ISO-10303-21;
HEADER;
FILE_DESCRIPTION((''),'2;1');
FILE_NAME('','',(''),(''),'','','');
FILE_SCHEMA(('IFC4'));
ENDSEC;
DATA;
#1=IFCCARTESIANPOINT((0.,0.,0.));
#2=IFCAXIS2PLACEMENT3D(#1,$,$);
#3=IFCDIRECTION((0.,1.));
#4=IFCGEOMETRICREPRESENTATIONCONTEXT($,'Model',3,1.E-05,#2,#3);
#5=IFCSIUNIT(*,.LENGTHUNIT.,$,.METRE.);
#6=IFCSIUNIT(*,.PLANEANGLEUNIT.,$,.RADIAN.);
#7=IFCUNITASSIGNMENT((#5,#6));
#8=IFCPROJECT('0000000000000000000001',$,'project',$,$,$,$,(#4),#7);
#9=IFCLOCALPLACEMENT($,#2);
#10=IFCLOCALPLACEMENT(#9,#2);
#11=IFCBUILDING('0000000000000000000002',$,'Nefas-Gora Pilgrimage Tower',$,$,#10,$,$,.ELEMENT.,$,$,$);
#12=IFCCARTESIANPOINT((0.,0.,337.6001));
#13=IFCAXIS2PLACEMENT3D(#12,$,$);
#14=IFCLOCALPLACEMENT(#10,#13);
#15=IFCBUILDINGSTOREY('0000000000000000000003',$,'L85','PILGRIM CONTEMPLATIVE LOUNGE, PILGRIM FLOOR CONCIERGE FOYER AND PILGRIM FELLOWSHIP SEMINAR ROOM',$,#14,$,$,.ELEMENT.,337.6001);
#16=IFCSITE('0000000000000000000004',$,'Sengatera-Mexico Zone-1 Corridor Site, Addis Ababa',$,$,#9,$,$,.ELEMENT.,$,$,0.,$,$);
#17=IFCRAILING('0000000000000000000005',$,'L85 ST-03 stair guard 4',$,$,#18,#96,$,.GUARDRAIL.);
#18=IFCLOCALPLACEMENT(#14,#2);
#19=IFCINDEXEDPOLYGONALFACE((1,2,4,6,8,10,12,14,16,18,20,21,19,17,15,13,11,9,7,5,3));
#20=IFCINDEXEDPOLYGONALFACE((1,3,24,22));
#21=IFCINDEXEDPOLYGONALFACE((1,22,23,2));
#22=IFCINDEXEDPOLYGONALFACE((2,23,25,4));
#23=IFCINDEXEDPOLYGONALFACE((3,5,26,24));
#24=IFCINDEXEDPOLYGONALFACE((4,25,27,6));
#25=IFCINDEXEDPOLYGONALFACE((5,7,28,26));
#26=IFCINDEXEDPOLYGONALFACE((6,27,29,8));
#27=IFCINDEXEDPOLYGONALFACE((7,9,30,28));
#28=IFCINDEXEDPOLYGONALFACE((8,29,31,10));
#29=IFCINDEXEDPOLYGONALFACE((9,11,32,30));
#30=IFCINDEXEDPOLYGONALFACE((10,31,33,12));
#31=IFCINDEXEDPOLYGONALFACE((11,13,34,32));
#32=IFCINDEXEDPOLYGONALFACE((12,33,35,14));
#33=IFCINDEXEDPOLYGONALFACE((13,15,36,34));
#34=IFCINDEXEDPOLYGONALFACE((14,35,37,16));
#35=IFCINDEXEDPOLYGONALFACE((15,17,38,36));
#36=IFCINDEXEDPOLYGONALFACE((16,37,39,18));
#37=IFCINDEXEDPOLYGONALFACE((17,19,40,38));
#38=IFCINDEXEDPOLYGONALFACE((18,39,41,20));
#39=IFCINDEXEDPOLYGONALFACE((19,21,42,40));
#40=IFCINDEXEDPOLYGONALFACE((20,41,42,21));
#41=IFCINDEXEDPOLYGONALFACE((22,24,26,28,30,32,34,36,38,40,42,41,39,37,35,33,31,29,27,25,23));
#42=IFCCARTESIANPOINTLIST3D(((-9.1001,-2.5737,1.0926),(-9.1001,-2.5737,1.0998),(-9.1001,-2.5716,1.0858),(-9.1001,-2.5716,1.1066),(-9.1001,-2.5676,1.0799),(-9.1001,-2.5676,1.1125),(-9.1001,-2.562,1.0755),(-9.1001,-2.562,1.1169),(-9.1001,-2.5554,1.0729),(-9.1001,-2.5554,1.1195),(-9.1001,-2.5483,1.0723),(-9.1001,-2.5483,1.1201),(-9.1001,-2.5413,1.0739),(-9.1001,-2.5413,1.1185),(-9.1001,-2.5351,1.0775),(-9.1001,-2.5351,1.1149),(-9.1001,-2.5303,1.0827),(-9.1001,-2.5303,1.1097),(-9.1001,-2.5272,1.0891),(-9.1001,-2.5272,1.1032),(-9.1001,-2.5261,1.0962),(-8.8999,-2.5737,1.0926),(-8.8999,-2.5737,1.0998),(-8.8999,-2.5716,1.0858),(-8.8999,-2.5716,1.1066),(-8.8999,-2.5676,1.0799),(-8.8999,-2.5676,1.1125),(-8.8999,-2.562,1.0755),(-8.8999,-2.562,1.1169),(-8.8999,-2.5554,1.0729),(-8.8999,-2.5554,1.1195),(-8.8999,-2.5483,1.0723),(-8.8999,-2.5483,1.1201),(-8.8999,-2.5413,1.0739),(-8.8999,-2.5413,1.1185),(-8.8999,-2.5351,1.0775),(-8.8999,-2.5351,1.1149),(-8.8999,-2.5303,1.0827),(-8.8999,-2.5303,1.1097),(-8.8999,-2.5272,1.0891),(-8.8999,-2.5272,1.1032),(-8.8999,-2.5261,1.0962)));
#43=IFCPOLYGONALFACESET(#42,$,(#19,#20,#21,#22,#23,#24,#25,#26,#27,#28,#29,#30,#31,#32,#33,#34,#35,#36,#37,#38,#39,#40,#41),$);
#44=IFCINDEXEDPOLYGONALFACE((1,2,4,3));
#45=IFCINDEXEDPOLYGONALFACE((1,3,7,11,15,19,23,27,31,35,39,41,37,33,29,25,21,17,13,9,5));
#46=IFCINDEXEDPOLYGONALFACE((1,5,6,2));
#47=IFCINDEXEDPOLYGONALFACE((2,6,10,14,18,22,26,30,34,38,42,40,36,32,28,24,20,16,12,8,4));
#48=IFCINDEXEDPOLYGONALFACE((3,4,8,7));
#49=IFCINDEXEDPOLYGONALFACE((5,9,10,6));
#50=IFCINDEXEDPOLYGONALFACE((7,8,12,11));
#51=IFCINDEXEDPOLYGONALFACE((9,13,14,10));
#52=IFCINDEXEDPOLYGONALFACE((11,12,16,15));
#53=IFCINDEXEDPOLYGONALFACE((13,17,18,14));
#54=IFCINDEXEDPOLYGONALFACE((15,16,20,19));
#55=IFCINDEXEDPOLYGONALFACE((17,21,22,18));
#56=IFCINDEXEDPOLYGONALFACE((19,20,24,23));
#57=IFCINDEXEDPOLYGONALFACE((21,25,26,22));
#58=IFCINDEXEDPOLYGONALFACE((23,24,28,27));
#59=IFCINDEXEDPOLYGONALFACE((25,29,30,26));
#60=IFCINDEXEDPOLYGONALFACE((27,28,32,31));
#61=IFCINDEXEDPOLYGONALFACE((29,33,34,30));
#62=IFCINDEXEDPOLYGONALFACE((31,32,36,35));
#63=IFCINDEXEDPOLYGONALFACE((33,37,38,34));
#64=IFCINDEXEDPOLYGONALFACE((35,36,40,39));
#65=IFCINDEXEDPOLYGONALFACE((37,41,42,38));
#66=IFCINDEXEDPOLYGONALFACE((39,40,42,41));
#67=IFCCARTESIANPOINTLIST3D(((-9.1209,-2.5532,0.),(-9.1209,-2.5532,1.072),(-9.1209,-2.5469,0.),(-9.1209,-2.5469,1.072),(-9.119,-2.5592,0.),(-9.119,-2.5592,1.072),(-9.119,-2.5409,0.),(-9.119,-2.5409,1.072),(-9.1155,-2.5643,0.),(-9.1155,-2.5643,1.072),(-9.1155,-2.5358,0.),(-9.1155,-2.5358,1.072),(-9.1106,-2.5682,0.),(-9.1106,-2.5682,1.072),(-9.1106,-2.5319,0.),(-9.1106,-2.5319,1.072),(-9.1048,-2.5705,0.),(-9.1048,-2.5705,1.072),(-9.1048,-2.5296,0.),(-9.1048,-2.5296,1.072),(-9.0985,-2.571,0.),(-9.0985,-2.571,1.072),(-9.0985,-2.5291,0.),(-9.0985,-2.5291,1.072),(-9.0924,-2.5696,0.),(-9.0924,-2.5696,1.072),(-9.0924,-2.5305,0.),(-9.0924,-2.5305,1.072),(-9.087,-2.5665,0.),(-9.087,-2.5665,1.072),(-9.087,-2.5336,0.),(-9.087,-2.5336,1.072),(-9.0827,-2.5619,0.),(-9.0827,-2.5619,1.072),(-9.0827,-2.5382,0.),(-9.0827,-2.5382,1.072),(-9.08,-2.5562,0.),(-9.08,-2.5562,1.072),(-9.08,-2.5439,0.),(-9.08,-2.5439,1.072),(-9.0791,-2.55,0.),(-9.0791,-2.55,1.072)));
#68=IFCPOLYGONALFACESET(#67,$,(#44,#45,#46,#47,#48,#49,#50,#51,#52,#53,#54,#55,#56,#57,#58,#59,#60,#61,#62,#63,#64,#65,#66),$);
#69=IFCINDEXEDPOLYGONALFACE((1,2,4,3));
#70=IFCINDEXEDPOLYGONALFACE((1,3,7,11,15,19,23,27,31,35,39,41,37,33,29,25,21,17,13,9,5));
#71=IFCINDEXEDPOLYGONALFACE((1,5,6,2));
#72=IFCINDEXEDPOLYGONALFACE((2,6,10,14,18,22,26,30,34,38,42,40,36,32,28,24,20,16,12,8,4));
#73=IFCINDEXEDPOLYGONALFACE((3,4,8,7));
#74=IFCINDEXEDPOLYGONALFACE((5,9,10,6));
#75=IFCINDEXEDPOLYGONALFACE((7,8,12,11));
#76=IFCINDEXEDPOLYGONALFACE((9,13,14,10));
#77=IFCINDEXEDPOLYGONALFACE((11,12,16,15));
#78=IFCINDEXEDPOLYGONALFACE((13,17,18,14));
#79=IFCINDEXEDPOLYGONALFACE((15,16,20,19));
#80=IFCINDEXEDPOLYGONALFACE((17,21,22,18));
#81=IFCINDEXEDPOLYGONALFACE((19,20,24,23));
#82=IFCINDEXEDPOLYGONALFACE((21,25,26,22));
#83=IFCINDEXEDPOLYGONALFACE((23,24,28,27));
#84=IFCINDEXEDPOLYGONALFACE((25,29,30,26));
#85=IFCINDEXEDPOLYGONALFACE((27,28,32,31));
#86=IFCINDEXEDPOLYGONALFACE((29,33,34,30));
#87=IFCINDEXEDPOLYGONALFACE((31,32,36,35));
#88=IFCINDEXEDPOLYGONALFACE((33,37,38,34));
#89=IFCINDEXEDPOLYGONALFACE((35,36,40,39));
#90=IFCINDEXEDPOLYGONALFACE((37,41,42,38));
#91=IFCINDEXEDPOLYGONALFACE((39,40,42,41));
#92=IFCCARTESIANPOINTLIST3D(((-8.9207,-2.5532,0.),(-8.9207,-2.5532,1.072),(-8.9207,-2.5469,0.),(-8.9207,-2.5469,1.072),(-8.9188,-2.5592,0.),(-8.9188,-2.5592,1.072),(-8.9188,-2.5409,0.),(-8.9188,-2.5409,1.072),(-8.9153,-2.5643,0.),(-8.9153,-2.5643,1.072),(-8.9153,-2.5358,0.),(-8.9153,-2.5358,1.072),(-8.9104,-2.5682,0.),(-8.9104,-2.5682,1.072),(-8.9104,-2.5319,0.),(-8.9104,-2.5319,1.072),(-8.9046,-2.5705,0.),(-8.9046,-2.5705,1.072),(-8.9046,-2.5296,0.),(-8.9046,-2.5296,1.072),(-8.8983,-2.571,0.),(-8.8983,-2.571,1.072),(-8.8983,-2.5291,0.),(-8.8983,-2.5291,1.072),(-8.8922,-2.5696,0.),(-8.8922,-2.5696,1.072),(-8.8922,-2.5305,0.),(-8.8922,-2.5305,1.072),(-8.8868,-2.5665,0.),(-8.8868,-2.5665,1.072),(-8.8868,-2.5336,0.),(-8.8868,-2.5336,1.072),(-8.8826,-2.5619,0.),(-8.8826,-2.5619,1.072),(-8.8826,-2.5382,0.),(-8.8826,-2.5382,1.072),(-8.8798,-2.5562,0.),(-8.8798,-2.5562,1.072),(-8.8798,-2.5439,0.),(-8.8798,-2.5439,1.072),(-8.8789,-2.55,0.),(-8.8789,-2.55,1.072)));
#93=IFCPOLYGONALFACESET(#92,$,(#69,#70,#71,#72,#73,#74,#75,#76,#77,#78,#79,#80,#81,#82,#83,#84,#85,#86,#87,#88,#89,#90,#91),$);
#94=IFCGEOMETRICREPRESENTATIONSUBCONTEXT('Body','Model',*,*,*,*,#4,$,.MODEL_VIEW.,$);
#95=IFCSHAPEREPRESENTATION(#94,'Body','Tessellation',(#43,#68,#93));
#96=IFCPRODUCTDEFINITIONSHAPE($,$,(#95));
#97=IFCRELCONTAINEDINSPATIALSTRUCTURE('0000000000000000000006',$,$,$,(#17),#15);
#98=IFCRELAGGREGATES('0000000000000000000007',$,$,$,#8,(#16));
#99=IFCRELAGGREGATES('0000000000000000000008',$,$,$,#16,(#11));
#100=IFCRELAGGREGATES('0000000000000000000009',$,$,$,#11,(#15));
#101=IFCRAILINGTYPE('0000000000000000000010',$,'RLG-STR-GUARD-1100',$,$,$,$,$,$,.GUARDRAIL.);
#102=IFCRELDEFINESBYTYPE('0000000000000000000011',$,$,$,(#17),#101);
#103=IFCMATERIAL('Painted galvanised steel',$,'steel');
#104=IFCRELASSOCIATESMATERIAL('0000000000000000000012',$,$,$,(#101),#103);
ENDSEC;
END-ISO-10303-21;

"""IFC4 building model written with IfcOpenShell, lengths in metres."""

from ifc_helpers import new_model, si_unit, direction, frame, origin, origin_2d, place, context, subcontext, project, spatial, circle, extrude, material, type_object, element, save


model = new_model("IFC4")

# Units and contexts
model_context = context("Model", 3, precision=1e-05, world=origin(), true_north=direction((0.0, 1.0)))
body_context = subcontext(model_context, "Body", "Model", "MODEL_VIEW")
ifc_project = project(units=[si_unit("LENGTHUNIT", "METRE"), si_unit("PLANEANGLEUNIT", "RADIAN")], contexts=[model_context])

# Site, building, storey
site_placement = place(None, origin())
site = spatial("IfcSite", under=ifc_project, at=site_placement, Name="Sengatera-Mexico Zone-1 Corridor Site, Addis Ababa", CompositionType="ELEMENT", RefElevation=0.0)
building_placement = place(site_placement, origin())
building = spatial("IfcBuilding", under=site, at=building_placement, Name="Nefas-Gora Pilgrimage Tower", CompositionType="ELEMENT")
storey_placement = place(building_placement, frame((0.0, 0.0, 337.6001)))
storey = spatial("IfcBuildingStorey", under=building, at=storey_placement, Name="L85", Description="PILGRIM CONTEMPLATIVE LOUNGE, PILGRIM FLOOR CONCIERGE FOYER AND PILGRIM FELLOWSHIP SEMINAR ROOM", CompositionType="ELEMENT", Elevation=337.6001)

# Railing
ifc_material_1 = material(Name="Painted galvanised steel", Category="steel")
railing_type_1 = type_object("IfcRailingType", Name="RLG-STR-GUARD-1100", PredefinedType="GUARDRAIL", material=ifc_material_1)
railing_1_placement = place(storey_placement, frame((-9.1001, -2.55, 0.0)))
element("IfcRailing", 1, at=railing_1_placement, inside=storey, type_object=railing_type_1, Name="L85 ST-03 stair guard 4", PredefinedType="GUARDRAIL", context=body_context, shape_type="SweptSolid", body=[
    extrude(circle(Radius=0.0239, at=origin_2d()), frame((0.0, 0.0, 1.0962), z_axis=(1.0, 0.0, 0.0), x_axis=(0.0, 1.0, 0.0)), (0.0, 0.0, 1.0), 0.2002),
    extrude(circle(Radius=0.021, at=origin_2d()), origin(), (0.0, 0.0, 1.0), 1.072),
    extrude(circle(Radius=0.021, at=origin_2d()), frame((0.2002, 0.0, 0.0)), (0.0, 0.0, 1.0), 1.072),
])

save(model, "model.ifc")
